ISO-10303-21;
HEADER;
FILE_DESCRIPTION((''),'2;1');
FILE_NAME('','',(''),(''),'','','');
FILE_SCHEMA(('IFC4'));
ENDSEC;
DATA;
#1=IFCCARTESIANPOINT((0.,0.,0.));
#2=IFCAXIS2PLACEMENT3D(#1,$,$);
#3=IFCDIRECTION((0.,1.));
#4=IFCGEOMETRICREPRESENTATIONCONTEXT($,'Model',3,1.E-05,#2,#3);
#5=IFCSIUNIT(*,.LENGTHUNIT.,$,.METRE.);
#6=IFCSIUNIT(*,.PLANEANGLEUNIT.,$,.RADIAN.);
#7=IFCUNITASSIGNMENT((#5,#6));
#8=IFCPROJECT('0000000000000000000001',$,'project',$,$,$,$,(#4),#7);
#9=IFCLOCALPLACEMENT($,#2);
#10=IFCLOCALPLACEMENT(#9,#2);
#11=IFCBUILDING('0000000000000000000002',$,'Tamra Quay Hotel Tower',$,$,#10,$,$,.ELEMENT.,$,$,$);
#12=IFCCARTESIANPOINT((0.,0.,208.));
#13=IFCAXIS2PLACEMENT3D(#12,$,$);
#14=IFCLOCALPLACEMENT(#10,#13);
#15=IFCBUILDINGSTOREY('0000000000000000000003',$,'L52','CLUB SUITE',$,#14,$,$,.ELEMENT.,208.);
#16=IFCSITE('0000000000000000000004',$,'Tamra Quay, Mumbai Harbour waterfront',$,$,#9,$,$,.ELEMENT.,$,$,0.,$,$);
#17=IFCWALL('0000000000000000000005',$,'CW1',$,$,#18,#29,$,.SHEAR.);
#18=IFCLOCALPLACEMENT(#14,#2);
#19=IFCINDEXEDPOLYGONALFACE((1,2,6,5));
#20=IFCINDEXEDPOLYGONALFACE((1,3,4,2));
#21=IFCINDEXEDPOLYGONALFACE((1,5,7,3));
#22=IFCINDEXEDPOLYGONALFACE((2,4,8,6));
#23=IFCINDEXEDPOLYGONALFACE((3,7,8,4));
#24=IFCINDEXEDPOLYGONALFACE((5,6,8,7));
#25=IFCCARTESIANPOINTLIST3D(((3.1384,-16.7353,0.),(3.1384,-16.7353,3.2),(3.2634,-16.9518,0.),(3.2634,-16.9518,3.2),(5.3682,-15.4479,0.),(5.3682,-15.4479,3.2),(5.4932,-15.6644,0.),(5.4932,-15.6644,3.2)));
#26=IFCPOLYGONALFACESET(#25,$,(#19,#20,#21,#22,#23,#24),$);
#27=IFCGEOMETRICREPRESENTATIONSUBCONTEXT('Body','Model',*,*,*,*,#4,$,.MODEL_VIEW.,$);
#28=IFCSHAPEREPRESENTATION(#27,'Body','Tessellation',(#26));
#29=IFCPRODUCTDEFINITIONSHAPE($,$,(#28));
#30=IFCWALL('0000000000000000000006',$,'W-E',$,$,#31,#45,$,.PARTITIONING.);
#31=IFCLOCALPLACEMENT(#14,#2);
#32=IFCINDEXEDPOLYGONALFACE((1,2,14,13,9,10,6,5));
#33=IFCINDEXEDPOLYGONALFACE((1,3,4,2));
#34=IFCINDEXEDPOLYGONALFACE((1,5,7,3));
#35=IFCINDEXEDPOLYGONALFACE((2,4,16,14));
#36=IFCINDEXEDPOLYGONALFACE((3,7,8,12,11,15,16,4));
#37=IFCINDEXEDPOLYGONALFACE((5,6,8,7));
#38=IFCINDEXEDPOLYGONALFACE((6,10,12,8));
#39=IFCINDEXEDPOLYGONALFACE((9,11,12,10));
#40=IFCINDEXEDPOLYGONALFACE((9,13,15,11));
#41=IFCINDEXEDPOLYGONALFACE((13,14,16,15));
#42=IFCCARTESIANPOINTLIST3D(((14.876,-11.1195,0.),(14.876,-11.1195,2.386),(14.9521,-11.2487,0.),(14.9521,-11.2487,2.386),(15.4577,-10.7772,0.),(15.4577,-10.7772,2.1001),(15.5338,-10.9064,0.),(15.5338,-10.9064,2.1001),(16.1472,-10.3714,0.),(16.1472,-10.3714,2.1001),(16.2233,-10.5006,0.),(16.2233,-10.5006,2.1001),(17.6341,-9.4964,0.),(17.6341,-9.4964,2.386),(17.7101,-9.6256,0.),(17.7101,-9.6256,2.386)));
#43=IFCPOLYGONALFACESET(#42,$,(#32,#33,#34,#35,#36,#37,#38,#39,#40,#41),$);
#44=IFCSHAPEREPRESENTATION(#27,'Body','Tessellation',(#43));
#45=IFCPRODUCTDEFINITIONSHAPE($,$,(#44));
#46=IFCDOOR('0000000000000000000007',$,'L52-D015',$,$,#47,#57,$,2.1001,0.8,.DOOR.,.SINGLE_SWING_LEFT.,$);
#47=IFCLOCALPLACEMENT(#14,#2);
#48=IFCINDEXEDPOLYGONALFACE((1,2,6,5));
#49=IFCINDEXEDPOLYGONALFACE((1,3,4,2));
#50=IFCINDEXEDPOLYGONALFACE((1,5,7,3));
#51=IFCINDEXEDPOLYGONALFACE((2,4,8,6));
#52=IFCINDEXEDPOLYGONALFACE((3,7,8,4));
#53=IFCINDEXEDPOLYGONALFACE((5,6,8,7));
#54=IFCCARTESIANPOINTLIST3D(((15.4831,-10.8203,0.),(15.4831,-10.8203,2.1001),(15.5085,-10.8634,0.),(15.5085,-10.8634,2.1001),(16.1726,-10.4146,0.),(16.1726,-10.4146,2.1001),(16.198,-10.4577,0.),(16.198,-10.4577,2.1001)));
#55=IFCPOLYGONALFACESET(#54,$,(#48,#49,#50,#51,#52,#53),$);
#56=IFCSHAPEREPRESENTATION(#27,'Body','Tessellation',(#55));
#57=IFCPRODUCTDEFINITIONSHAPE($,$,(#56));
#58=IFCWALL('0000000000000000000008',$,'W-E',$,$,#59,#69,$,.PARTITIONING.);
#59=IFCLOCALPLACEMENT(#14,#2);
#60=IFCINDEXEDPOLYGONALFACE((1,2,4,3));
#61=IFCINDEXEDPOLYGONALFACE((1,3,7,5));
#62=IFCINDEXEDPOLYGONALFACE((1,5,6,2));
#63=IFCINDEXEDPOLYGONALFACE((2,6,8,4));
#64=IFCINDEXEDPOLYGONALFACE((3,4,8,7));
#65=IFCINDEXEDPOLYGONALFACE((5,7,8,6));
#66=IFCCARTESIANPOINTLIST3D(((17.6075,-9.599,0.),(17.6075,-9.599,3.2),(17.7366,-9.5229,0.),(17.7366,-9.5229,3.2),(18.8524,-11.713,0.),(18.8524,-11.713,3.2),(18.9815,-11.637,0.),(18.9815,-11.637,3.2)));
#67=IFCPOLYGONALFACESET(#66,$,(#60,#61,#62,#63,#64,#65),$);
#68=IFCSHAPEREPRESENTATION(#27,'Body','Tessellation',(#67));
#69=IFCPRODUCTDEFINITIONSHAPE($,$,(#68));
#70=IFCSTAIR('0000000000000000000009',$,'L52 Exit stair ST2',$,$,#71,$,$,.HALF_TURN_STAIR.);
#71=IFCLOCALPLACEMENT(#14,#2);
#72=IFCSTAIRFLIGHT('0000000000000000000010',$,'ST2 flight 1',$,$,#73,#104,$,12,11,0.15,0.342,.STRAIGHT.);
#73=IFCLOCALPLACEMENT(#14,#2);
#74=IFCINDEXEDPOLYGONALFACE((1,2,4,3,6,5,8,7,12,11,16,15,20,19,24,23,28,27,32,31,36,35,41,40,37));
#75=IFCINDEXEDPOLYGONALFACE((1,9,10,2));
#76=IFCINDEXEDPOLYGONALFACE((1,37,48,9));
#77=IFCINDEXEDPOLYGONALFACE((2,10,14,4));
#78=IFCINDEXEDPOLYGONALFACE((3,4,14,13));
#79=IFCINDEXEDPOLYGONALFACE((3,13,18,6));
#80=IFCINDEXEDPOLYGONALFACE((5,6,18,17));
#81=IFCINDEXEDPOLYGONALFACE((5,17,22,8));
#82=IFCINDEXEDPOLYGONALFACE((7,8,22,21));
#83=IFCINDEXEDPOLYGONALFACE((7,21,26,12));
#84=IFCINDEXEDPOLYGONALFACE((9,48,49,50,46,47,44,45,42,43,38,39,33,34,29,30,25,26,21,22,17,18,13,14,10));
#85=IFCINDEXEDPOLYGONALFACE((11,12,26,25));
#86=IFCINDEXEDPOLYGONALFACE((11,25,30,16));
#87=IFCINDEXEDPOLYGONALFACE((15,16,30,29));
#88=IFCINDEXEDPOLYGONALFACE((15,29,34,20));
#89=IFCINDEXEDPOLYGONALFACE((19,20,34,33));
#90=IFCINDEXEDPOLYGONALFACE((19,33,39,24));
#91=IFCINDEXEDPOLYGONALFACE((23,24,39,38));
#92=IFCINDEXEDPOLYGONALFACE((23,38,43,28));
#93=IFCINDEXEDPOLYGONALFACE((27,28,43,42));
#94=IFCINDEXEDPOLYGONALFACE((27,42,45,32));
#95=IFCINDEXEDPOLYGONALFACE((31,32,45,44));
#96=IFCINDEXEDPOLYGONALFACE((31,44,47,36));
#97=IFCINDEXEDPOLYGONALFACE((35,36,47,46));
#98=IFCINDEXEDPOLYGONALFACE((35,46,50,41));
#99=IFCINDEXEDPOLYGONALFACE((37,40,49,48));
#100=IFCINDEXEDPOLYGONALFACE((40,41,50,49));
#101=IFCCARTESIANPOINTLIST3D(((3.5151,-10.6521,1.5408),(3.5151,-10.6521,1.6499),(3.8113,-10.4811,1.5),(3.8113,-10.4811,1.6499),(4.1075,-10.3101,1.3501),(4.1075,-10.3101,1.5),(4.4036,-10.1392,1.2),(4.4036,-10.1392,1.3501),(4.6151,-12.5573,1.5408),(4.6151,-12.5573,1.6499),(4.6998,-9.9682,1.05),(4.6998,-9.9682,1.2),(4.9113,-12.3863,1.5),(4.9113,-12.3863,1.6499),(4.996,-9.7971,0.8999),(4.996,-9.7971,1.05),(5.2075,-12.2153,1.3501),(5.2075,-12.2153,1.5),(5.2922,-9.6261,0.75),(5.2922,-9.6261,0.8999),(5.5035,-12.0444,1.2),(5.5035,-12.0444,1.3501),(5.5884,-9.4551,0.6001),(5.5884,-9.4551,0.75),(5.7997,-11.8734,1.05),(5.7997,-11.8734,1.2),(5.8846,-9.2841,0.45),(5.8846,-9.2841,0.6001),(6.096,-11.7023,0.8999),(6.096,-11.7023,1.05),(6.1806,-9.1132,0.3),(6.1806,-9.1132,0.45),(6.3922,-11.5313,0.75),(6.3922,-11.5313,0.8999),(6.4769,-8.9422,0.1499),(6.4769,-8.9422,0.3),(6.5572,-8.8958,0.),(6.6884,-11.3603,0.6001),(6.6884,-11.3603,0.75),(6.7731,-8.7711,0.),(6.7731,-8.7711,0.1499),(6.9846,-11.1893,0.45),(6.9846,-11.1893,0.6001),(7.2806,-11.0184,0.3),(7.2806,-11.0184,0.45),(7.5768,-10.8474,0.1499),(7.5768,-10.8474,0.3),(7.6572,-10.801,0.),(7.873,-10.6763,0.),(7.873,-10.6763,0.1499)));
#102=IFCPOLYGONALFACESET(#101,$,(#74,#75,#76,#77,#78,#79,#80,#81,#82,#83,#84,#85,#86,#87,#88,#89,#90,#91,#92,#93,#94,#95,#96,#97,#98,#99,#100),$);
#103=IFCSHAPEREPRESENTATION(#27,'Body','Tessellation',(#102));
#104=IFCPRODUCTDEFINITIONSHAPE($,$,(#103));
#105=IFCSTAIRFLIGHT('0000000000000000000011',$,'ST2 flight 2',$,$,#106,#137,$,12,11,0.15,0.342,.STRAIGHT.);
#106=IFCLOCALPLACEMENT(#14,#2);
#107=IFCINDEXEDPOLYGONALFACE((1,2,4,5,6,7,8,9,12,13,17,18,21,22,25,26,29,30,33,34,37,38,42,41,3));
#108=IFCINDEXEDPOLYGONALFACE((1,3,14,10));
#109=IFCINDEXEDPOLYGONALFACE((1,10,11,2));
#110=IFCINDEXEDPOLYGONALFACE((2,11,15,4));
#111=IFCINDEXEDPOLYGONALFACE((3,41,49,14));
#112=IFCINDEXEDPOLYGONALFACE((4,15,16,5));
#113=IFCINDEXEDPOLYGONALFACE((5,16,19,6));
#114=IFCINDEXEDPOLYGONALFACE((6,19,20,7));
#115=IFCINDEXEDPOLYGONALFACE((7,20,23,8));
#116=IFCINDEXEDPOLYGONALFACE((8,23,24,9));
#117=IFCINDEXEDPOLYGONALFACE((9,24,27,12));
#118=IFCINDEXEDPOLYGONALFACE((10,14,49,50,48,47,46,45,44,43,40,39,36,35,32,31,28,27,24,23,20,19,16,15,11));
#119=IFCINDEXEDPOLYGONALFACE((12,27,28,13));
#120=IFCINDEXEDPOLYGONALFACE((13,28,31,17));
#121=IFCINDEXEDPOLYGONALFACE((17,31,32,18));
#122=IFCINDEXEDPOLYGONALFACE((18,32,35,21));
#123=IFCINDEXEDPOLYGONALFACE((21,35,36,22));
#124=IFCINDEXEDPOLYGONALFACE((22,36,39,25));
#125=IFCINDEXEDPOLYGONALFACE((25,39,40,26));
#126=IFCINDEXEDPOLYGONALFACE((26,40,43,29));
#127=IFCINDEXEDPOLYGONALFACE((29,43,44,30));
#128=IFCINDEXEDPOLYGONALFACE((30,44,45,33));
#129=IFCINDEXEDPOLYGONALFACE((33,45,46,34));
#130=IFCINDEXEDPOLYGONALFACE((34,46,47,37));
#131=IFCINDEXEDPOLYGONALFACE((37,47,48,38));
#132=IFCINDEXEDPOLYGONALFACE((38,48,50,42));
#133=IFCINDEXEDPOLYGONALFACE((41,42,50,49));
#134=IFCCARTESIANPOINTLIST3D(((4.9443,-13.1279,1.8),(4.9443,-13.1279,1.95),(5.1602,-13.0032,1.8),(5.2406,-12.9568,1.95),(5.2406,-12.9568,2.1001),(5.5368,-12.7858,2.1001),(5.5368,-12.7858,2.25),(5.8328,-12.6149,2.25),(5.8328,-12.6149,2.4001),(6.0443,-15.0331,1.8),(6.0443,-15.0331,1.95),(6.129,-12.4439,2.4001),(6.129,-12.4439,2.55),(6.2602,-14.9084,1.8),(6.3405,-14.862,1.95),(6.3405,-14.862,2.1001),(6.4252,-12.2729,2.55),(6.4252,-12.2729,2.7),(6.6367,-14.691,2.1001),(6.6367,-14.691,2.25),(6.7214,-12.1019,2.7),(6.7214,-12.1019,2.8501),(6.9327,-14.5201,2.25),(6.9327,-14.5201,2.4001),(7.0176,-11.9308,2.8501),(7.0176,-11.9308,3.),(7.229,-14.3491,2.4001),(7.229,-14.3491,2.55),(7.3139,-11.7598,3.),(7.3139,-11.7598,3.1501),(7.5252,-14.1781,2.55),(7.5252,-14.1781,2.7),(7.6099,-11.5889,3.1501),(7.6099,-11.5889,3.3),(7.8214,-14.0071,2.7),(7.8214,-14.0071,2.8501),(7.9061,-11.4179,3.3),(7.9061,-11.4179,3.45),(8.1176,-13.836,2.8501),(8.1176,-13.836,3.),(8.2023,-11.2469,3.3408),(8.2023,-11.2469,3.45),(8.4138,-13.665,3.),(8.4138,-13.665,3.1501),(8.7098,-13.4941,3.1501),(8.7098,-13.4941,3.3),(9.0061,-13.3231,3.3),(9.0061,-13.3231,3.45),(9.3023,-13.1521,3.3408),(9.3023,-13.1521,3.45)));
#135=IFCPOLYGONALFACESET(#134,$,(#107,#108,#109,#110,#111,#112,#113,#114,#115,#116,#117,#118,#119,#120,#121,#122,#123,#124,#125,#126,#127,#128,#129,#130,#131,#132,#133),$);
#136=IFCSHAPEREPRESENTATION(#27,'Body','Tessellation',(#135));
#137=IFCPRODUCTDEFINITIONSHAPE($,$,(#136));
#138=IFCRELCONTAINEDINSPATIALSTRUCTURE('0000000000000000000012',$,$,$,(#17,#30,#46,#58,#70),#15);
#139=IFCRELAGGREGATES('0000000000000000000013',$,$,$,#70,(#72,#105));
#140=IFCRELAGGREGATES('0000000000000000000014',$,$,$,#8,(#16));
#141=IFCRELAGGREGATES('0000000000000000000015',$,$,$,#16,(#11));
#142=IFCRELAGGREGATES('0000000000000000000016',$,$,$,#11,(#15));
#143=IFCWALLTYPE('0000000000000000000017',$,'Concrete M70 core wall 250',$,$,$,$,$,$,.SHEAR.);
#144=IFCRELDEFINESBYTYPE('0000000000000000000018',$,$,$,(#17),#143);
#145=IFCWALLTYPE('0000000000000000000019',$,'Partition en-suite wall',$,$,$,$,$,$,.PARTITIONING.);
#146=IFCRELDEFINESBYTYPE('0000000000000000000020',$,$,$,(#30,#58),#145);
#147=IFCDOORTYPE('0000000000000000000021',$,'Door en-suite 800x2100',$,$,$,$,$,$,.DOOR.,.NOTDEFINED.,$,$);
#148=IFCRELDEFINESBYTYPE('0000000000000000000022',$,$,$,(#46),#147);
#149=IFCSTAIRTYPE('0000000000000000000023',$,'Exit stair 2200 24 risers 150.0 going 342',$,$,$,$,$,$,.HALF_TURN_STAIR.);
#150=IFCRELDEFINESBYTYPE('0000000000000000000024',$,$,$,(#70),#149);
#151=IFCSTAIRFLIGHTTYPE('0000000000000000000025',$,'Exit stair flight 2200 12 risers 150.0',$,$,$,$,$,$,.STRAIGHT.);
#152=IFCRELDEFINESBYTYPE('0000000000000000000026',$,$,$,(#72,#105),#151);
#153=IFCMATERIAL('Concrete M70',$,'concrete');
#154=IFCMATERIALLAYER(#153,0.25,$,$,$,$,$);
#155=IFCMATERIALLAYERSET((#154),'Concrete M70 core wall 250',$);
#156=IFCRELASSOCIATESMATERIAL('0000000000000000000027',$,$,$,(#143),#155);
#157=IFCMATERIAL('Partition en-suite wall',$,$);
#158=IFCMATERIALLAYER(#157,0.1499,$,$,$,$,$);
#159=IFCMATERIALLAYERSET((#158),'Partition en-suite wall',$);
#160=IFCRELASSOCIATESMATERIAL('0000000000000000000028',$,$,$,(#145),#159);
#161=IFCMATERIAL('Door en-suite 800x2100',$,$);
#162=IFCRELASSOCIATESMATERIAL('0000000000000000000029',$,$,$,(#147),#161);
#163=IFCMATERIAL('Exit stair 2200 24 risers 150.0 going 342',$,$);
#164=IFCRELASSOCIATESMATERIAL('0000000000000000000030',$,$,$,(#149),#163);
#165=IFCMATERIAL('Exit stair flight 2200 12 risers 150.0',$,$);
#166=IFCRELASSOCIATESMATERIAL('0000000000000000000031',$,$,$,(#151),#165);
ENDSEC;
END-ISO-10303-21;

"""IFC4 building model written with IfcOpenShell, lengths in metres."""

from ifc_helpers import new_model, si_unit, direction, frame, frame_2d, origin, place, context, subcontext, project, spatial, polyline, rectangle, outline, extrude, material, layer, layer_set, type_object, element, fill, aggregate, save


model = new_model("IFC4")

# Units and contexts
model_context = context("Model", 3, precision=1e-05, world=origin(), true_north=direction((0.0, 1.0)))
body_context = subcontext(model_context, "Body", "Model", "MODEL_VIEW")
ifc_project = project(units=[si_unit("LENGTHUNIT", "METRE"), si_unit("PLANEANGLEUNIT", "RADIAN")], contexts=[model_context])

# Site, building, storey
site_placement = place(None, origin())
site = spatial("IfcSite", under=ifc_project, at=site_placement, Name="Tamra Quay, Mumbai Harbour waterfront", CompositionType="ELEMENT", RefElevation=0.0)
building_placement = place(site_placement, origin())
building = spatial("IfcBuilding", under=site, at=building_placement, Name="Tamra Quay Hotel Tower", CompositionType="ELEMENT")
storey_placement = place(building_placement, frame((0.0, 0.0, 208.0)))
storey = spatial("IfcBuildingStorey", under=building, at=storey_placement, Name="L52", Description="CLUB SUITE", CompositionType="ELEMENT", Elevation=208.0)

# Shared definitions
ifc_material_1 = material(Name="Concrete M70", Category="concrete")

# Shared definitions
ifc_layer_1 = layer(ifc_material_1, 0.25)
ifc_layer_set_1 = layer_set([ifc_layer_1], Name="Concrete M70 core wall 250")
wall_type_1 = type_object("IfcWallType", Name="Concrete M70 core wall 250", PredefinedType="SHEAR", material=ifc_layer_set_1)

# Wall
wall_1_placement = place(storey_placement, frame((5.4307, -15.5562, 0.0), z_axis=(0.0, 0.0, 1.0), x_axis=(-0.866023, -0.500004, 0.0)))
element("IfcWall", 1, at=wall_1_placement, inside=storey, type_object=wall_type_1, Name="CW1", PredefinedType="SHEAR", context=body_context, shape_type="SweptSolid", body=[
    extrude(rectangle(XDim=2.5747, YDim=0.25, at=frame_2d((1.2874, 0.0))), origin(), (0.0, 0.0, 1.0), 3.2),
])

# Wall, opening, door
ifc_material_2 = material(Name="Partition en-suite wall")
ifc_layer_2 = layer(ifc_material_2, 0.1499)
ifc_layer_set_2 = layer_set([ifc_layer_2], Name="Partition en-suite wall")
wall_type_2 = type_object("IfcWallType", Name="Partition en-suite wall", PredefinedType="PARTITIONING", material=ifc_layer_set_2)
wall_2_placement = place(storey_placement, frame((14.9141, -11.1841, 0.0), z_axis=(0.0, 0.0, 1.0), x_axis=(0.861844, 0.507173, 0.0)))
wall_2 = element("IfcWall", 2, at=wall_2_placement, inside=storey, type_object=wall_type_2, Name="W-E", PredefinedType="PARTITIONING", context=body_context, shape_type="SweptSolid", body=[
    extrude(rectangle(XDim=3.2002, YDim=0.1499, at=frame_2d((1.6001, 0.0))), origin(), (0.0, 0.0, 1.0), 2.386),
])
opening_1_placement = place(wall_2_placement, frame((0.675, 0.0, 0.0)))
opening_1 = element("IfcOpeningElement", 3, at=opening_1_placement, cuts=wall_2, PredefinedType="OPENING", context=body_context, shape_type="SweptSolid", body=[
    extrude(rectangle(XDim=0.8, YDim=2.1001, at=frame_2d((0.3999, 1.05))), frame((0.0, 0.085, 0.0), z_axis=(0.0, -1.0, 0.0), x_axis=(1.0, 0.0, 0.0)), (0.0, 0.0, 1.0), 0.1699),
])
ifc_material_3 = material(Name="Door en-suite 800x2100")
door_type_1 = type_object("IfcDoorType", Name="Door en-suite 800x2100", OperationType="NOTDEFINED", PredefinedType="DOOR", material=ifc_material_3)
door_1_placement = place(opening_1_placement, origin())
door_1 = element("IfcDoor", 4, at=door_1_placement, inside=storey, type_object=door_type_1, Name="L52-D015", OperationType="SINGLE_SWING_LEFT", OverallHeight=2.1001, OverallWidth=0.8, PredefinedType="DOOR", context=body_context, shape_type="SweptSolid", body=[
    extrude(rectangle(XDim=0.8, YDim=2.1001, at=frame_2d((0.3999, 1.05))), frame((0.0, 0.0249, 0.0), z_axis=(0.0, -1.0, 0.0), x_axis=(1.0, 0.0, 0.0)), (0.0, 0.0, 1.0), 0.05),
])
fill(opening_1, door_1)

# Wall
wall_3_placement = place(storey_placement, frame((17.6721, -9.561, 0.0), z_axis=(0.0, 0.0, 1.0), x_axis=(0.507425, -0.861696, 0.0)))
element("IfcWall", 5, at=wall_3_placement, inside=storey, type_object=wall_type_2, Name="W-E", PredefinedType="PARTITIONING", context=body_context, shape_type="SweptSolid", body=[
    extrude(rectangle(XDim=2.4534, YDim=0.1499, at=frame_2d((1.2266, 0.0))), origin(), (0.0, 0.0, 1.0), 3.2),
])

# Stair, stair flights
ifc_material_4 = material(Name="Exit stair 2200 24 risers 150.0 going 342")
stair_type = type_object("IfcStairType", Name="Exit stair 2200 24 risers 150.0 going 342", PredefinedType="HALF_TURN_STAIR", material=ifc_material_4)
stair_placement = place(storey_placement, origin())
stair = element("IfcStair", 6, at=stair_placement, inside=storey, type_object=stair_type, Name="L52 Exit stair ST2", PredefinedType="HALF_TURN_STAIR")
ifc_material_5 = material(Name="Exit stair flight 2200 12 risers 150.0")
stair_flight_type = type_object("IfcStairFlightType", Name="Exit stair flight 2200 12 risers 150.0", PredefinedType="STRAIGHT", material=ifc_material_5)
stair_flight_1_placement = place(storey_placement, frame((7.323, -9.7236, 0.0), z_axis=(0.0, 0.0, 1.0), x_axis=(-0.866025, -0.5, 0.0)))
stair_flight_1 = element("IfcStairFlight", 7, at=stair_flight_1_placement, type_object=stair_flight_type, Name="ST2 flight 1", NumberOfRisers=12, NumberOfTreads=11, PredefinedType="STRAIGHT", RiserHeight=0.15, TreadLength=0.342, context=body_context, shape_type="SweptSolid", body=[
    extrude(outline(polyline([(0.0, 0.0), (0.0, 0.1499), (0.342, 0.1499), (0.342, 0.3), (0.6841, 0.3), (0.6841, 0.45), (1.0259, 0.45), (1.0259, 0.6001), (1.3679, 0.6001), (1.3679, 0.75), (1.71, 0.75), (1.71, 0.8999), (2.052, 0.8999), (2.052, 1.05), (2.394, 1.05), (2.394, 1.2), (2.7361, 1.2), (2.7361, 1.3501), (3.0779, 1.3501), (3.0779, 1.5), (3.4199, 1.5), (3.4199, 1.6499), (3.762, 1.6499), (3.762, 1.8), (3.762, 1.5408), (0.2493, 0.0), (0.0, 0.0)])), frame((0.0, 1.1001, 0.0), z_axis=(0.0, -1.0, 0.0), x_axis=(1.0, 0.0, 0.0)), (0.0, 0.0, 1.0), 2.2),
])
stair_flight_2_placement = place(storey_placement, frame((5.4944, -14.0806, 1.8), z_axis=(0.0, 0.0, 1.0), x_axis=(0.866025, 0.5, 0.0)))
stair_flight_2 = element("IfcStairFlight", 8, at=stair_flight_2_placement, type_object=stair_flight_type, Name="ST2 flight 2", NumberOfRisers=12, NumberOfTreads=11, PredefinedType="STRAIGHT", RiserHeight=0.15, TreadLength=0.342, context=body_context, shape_type="SweptSolid", body=[
    extrude(outline(polyline([(0.0, 0.0), (0.0, 0.1499), (0.342, 0.1499), (0.342, 0.3), (0.6841, 0.3), (0.6841, 0.45), (1.0259, 0.45), (1.0259, 0.6001), (1.3679, 0.6001), (1.3679, 0.75), (1.71, 0.75), (1.71, 0.8999), (2.052, 0.8999), (2.052, 1.05), (2.394, 1.05), (2.394, 1.2), (2.7361, 1.2), (2.7361, 1.3501), (3.0779, 1.3501), (3.0779, 1.5), (3.4199, 1.5), (3.4199, 1.6499), (3.762, 1.6499), (3.762, 1.8), (3.762, 1.5408), (0.2493, 0.0), (0.0, 0.0)])), frame((0.0, 1.1001, 0.0), z_axis=(0.0, -1.0, 0.0), x_axis=(1.0, 0.0, 0.0)), (0.0, 0.0, 1.0), 2.2),
])
aggregate(stair, [stair_flight_1, stair_flight_2])

save(model, "model.ifc")
